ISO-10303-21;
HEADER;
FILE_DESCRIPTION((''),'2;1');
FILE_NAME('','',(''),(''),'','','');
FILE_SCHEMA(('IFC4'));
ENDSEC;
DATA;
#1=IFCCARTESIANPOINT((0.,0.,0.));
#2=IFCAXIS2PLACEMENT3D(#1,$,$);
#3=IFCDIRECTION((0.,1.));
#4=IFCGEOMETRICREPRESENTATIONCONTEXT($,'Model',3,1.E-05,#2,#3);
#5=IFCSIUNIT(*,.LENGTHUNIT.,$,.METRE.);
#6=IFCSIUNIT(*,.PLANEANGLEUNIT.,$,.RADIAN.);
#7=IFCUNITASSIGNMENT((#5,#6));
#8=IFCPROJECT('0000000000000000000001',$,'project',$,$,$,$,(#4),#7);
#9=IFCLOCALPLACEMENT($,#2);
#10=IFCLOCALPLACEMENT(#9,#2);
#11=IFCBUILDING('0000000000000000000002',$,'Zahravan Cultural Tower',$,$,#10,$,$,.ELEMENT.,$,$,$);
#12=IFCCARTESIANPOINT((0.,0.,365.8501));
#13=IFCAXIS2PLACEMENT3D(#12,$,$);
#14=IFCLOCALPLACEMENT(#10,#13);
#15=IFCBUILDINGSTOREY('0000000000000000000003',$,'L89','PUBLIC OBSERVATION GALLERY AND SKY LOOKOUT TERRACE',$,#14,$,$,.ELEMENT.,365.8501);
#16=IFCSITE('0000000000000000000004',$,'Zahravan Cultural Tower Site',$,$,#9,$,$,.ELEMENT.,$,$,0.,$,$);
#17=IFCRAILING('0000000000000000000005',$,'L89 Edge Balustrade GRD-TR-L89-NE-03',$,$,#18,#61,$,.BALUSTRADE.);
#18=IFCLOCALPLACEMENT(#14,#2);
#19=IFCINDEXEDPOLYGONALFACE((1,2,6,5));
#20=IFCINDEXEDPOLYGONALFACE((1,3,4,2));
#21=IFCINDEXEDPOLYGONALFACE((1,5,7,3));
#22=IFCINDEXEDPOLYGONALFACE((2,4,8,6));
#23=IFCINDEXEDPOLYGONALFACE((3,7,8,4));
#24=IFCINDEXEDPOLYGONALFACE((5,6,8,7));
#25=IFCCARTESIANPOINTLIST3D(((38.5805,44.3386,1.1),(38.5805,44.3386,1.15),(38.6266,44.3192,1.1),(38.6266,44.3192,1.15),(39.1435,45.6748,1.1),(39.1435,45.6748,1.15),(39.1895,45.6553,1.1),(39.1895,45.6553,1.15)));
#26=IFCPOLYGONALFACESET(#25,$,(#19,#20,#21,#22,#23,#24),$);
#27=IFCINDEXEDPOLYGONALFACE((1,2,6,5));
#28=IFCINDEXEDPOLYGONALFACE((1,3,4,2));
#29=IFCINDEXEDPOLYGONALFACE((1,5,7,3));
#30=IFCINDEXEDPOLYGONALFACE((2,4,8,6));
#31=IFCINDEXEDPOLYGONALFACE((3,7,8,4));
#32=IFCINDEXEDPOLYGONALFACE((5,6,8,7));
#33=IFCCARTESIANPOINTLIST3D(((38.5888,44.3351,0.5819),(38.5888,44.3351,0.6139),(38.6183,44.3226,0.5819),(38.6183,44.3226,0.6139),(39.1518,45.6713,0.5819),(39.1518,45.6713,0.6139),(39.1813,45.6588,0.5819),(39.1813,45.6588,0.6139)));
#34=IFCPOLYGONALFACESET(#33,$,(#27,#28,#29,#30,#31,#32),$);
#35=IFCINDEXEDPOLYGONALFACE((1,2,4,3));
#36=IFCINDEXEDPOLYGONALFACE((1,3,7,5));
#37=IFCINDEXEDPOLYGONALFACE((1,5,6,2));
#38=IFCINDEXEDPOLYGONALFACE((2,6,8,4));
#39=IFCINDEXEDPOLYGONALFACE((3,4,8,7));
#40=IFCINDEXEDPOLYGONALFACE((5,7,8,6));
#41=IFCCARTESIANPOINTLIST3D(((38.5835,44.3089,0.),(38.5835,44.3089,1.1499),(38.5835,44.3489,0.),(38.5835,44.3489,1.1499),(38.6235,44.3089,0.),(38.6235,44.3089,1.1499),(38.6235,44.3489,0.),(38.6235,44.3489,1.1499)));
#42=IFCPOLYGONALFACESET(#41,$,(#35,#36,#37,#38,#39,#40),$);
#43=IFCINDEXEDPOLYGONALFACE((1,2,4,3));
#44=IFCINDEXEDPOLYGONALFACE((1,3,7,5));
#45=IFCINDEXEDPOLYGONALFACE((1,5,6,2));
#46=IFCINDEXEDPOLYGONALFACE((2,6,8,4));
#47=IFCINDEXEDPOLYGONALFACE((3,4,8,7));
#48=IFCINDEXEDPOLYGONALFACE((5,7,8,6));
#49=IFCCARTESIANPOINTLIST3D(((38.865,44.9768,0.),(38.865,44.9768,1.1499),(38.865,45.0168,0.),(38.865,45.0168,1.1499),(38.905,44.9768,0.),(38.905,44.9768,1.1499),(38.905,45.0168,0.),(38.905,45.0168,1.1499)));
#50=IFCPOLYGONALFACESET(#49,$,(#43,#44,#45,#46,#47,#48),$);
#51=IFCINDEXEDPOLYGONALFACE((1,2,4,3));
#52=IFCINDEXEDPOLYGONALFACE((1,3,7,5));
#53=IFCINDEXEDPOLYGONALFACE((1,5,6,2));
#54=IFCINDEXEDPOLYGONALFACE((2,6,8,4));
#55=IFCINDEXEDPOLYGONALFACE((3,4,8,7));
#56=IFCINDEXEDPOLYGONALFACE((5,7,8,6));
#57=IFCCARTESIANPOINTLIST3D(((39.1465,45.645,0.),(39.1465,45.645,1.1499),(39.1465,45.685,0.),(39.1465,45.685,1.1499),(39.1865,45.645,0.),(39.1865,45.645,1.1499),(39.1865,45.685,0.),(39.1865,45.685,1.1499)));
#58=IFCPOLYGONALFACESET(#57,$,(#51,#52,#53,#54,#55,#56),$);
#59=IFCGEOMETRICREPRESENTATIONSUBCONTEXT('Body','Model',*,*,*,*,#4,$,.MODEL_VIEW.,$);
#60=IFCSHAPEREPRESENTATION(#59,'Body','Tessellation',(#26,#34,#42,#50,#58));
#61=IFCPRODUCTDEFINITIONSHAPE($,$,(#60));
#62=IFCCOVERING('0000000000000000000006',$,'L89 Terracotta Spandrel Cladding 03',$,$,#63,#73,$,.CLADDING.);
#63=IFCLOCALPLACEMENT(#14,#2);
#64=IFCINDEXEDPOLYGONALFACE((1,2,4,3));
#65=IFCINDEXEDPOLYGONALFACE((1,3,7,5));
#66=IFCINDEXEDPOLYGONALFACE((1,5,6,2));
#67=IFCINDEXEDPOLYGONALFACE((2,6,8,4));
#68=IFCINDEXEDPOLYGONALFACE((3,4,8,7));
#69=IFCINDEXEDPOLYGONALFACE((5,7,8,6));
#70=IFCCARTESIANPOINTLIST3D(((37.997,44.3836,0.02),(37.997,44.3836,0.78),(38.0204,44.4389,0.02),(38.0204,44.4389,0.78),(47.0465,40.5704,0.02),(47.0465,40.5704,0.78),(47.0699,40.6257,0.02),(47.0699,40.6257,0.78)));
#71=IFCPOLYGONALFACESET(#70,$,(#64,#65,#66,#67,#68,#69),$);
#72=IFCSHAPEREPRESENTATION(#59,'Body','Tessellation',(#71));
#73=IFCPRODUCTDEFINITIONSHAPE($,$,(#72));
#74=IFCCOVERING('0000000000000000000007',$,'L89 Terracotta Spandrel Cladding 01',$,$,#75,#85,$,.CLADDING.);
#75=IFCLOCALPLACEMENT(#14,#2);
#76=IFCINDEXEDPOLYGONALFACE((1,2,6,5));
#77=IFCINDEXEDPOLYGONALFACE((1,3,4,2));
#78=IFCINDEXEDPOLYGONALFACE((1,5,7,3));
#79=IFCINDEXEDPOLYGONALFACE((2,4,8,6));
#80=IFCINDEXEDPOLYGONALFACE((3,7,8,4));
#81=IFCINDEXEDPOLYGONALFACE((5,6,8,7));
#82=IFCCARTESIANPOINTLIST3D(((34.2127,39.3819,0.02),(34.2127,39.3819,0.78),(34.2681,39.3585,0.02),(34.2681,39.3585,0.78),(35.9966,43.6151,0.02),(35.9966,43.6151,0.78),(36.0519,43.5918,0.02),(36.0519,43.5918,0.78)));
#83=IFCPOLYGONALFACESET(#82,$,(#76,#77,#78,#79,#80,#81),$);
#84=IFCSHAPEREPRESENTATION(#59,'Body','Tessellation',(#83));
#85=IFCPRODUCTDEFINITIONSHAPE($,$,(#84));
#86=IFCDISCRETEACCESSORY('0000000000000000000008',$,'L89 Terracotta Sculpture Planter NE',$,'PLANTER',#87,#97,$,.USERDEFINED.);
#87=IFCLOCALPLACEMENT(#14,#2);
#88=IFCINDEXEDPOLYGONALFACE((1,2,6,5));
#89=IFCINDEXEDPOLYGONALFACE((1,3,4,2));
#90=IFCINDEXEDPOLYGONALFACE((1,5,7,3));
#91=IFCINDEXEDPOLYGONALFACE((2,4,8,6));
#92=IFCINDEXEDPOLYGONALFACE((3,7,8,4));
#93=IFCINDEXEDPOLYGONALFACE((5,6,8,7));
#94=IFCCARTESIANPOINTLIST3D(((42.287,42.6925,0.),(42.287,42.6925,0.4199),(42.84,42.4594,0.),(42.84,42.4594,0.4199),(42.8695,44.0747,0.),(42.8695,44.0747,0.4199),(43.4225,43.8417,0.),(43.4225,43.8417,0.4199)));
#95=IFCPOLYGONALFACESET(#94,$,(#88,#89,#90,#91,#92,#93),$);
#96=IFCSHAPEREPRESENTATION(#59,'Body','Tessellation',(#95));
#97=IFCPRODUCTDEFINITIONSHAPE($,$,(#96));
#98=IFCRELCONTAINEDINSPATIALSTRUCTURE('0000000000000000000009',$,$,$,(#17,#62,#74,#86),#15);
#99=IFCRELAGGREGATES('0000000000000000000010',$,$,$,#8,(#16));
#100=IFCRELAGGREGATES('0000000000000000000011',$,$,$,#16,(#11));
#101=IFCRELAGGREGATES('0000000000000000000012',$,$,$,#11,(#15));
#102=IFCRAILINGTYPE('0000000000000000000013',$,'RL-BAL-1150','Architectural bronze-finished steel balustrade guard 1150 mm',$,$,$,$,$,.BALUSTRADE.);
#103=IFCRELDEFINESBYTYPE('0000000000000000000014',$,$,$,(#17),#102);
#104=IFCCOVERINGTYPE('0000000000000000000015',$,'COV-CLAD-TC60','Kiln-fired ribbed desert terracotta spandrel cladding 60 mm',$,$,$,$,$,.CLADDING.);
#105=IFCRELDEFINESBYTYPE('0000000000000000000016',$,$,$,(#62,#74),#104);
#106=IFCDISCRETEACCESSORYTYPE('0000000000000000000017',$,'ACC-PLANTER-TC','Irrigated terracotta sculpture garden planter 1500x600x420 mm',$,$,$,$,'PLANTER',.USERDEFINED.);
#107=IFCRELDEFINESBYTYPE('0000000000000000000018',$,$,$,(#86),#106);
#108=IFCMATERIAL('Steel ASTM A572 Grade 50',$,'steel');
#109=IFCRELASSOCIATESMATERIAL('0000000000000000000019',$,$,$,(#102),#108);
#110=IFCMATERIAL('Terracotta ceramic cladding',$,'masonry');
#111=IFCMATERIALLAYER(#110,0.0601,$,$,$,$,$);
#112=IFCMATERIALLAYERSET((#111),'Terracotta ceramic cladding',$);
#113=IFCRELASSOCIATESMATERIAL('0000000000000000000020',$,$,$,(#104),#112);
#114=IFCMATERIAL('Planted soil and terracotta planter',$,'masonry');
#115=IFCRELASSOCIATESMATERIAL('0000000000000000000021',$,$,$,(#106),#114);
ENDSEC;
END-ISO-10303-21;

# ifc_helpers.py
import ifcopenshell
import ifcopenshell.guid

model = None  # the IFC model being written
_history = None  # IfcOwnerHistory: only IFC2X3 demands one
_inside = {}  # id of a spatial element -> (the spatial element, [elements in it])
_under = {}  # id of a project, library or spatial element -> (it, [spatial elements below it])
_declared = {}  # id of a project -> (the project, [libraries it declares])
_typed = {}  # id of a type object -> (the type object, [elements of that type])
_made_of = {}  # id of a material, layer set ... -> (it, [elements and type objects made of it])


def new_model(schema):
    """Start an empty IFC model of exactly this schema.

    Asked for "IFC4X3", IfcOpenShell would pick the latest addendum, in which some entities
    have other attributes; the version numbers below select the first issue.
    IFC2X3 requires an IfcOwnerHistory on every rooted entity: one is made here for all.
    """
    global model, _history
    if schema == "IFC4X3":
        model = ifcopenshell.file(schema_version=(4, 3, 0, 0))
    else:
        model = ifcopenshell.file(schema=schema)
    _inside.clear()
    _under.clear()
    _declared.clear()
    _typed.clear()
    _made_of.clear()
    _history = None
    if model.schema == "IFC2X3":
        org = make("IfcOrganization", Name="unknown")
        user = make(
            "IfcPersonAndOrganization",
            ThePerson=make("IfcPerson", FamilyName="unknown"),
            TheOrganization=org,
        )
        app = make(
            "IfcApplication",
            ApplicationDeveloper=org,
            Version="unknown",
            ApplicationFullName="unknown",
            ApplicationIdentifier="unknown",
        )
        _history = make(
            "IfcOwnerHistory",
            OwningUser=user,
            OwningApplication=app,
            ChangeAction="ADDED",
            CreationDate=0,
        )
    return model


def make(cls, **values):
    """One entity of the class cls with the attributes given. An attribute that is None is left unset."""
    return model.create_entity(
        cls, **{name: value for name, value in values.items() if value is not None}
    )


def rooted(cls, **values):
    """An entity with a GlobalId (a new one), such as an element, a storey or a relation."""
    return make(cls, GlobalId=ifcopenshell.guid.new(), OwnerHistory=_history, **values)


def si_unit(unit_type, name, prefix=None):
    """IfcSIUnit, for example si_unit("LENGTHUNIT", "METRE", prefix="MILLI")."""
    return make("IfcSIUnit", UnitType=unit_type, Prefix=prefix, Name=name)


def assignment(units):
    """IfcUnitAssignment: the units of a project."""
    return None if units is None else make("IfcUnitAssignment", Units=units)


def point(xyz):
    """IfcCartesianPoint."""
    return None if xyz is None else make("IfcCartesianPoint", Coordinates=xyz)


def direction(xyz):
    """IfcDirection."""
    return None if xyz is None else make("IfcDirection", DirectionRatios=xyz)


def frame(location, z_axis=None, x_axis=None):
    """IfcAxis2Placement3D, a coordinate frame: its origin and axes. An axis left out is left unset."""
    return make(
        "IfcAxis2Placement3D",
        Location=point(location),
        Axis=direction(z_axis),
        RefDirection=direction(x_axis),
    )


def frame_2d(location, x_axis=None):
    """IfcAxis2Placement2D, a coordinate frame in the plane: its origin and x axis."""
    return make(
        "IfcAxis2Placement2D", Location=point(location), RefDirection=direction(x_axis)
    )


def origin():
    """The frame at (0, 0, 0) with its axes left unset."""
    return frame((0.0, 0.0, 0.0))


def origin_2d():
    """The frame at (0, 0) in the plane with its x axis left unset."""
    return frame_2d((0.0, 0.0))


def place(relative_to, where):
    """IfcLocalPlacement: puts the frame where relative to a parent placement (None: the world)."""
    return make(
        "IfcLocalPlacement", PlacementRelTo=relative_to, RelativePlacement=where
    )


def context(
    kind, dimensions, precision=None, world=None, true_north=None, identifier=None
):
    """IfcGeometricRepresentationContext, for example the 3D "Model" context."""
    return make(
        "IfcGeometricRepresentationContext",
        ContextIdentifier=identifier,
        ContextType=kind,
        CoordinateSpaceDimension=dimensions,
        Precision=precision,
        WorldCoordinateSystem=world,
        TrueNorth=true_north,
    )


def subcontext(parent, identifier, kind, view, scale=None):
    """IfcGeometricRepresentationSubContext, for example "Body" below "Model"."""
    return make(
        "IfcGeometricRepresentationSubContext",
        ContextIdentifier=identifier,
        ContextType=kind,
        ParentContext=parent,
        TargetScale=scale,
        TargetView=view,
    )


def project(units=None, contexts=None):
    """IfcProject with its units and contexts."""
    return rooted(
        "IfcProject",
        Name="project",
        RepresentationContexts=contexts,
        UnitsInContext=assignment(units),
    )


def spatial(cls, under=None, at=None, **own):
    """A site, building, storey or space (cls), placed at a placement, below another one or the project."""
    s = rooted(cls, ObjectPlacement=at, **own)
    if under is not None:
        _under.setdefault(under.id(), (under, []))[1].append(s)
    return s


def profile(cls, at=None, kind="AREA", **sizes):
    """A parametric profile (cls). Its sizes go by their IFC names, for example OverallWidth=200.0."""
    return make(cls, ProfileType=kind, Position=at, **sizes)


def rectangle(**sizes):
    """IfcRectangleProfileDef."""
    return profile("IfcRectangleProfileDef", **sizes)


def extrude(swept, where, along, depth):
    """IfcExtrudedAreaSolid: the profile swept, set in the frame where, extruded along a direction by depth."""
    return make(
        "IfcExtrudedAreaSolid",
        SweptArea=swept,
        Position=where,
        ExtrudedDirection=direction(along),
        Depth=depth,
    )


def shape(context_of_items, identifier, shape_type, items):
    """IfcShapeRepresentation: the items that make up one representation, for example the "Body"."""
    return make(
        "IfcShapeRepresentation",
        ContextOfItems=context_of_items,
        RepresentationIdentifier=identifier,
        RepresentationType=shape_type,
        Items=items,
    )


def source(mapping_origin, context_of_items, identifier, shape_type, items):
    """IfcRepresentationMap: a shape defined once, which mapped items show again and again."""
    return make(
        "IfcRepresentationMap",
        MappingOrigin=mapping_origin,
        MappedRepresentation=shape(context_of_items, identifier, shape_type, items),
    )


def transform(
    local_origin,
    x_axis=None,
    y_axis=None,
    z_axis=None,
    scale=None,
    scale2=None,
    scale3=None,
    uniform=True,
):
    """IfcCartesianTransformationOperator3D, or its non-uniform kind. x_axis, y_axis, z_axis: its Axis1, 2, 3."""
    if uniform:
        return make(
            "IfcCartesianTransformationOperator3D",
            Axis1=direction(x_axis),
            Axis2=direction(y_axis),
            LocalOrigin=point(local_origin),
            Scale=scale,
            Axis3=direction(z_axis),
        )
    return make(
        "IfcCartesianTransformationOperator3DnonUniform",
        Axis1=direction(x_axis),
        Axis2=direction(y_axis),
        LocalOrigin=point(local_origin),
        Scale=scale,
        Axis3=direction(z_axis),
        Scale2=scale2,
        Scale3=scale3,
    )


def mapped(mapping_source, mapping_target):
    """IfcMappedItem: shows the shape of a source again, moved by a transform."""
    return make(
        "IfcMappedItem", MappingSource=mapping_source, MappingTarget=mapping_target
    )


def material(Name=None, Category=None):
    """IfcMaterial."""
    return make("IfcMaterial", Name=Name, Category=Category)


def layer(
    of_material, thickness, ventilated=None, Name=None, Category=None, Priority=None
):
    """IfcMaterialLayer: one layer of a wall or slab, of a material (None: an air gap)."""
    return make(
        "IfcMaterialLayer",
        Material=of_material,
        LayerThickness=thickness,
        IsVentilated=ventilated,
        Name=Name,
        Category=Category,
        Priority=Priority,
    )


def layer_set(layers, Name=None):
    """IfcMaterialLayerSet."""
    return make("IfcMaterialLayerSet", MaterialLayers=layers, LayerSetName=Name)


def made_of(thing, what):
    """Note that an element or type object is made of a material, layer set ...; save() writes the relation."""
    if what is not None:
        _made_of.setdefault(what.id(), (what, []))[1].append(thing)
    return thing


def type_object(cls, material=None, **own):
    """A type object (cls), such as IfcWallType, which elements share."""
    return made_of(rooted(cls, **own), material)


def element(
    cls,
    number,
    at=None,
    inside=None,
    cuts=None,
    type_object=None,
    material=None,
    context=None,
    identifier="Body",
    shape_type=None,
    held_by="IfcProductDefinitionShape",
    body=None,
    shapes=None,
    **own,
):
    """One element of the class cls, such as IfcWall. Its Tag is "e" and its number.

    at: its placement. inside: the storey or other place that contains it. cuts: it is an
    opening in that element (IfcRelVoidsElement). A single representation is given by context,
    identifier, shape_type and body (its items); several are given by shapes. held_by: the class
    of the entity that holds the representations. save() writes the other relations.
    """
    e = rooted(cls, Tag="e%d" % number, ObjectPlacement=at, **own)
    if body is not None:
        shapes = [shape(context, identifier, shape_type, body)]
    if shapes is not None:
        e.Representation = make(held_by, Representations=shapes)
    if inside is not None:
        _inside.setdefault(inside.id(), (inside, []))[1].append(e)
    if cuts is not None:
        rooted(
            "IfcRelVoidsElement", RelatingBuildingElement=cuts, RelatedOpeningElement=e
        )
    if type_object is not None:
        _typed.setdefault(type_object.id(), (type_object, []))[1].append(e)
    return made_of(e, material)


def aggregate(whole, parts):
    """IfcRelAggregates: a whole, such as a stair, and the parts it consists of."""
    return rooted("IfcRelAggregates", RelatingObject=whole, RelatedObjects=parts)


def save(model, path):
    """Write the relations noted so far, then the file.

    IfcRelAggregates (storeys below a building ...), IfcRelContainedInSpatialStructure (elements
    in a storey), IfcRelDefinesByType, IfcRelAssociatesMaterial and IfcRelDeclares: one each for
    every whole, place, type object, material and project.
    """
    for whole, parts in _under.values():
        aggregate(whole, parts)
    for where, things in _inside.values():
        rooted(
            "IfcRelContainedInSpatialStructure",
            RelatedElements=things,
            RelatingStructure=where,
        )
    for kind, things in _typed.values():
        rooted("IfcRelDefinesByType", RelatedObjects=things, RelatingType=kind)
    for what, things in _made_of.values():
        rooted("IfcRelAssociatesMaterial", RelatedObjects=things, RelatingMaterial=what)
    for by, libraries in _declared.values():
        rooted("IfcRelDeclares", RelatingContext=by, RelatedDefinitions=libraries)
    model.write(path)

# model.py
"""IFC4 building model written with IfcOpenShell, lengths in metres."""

from ifc_helpers import new_model, si_unit, direction, frame, origin, origin_2d, place, context, subcontext, project, spatial, rectangle, extrude, source, transform, mapped, material, layer, layer_set, type_object, element, save


model = new_model("IFC4")

# Units and contexts
model_context = context("Model", 3, precision=1e-05, world=origin(), true_north=direction((0.0, 1.0)))
body_context = subcontext(model_context, "Body", "Model", "MODEL_VIEW")
ifc_project = project(units=[si_unit("LENGTHUNIT", "METRE"), si_unit("PLANEANGLEUNIT", "RADIAN")], contexts=[model_context])

# Site, building, storey
site_placement = place(None, origin())
site = spatial("IfcSite", under=ifc_project, at=site_placement, Name="Zahravan Cultural Tower Site", CompositionType="ELEMENT", RefElevation=0.0)
building_placement = place(site_placement, origin())
building = spatial("IfcBuilding", under=site, at=building_placement, Name="Zahravan Cultural Tower", CompositionType="ELEMENT")
storey_placement = place(building_placement, frame((0.0, 0.0, 365.8501)))
storey = spatial("IfcBuildingStorey", under=building, at=storey_placement, Name="L89", Description="PUBLIC OBSERVATION GALLERY AND SKY LOOKOUT TERRACE", CompositionType="ELEMENT", Elevation=365.8501)

# Railing
ifc_material_1 = material(Name="Steel ASTM A572 Grade 50", Category="steel")
railing_type = type_object("IfcRailingType", Name="RL-BAL-1150", Description="Architectural bronze-finished steel balustrade guard 1150 mm", PredefinedType="BALUSTRADE", material=ifc_material_1)
railing_1_placement = place(storey_placement, frame((38.6035, 44.3289, 0.0)))
element("IfcRailing", 1, at=railing_1_placement, inside=storey, type_object=railing_type, Name="L89 Edge Balustrade GRD-TR-L89-NE-03", PredefinedType="BALUSTRADE", context=body_context, shape_type="SweptSolid", body=[
    extrude(rectangle(XDim=0.05, YDim=0.05, at=origin_2d()), frame((0.0, 0.0, 1.125), z_axis=(0.388283, 0.92154, 0.0), x_axis=(-0.92154, 0.388283, 0.0)), (0.0, 0.0, 1.0), 1.45),
    extrude(rectangle(XDim=0.032, YDim=0.032, at=origin_2d()), frame((0.0, 0.0, 0.5979), z_axis=(0.388283, 0.92154, 0.0), x_axis=(-0.92154, 0.388283, 0.0)), (0.0, 0.0, 1.0), 1.45),
    extrude(rectangle(XDim=0.04, YDim=0.04, at=origin_2d()), origin(), (0.0, 0.0, 1.0), 1.1499),
    extrude(rectangle(XDim=0.04, YDim=0.04, at=origin_2d()), frame((0.2815, 0.668, 0.0)), (0.0, 0.0, 1.0), 1.1499),
    extrude(rectangle(XDim=0.04, YDim=0.04, at=origin_2d()), frame((0.563, 1.3362, 0.0)), (0.0, 0.0, 1.0), 1.1499),
])

# Coverings
ifc_material_2 = material(Name="Terracotta ceramic cladding", Category="masonry")
ifc_layer_1 = layer(ifc_material_2, 0.0601)
ifc_layer_set_1 = layer_set([ifc_layer_1], Name="Terracotta ceramic cladding")
covering_type = type_object("IfcCoveringType", Name="COV-CLAD-TC60", Description="Kiln-fired ribbed desert terracotta spandrel cladding 60 mm", PredefinedType="CLADDING", material=ifc_layer_set_1)
shared_shape_1 = source(origin(), body_context, "Body", "SweptSolid", [
    extrude(rectangle(XDim=9.8201, YDim=0.0601, at=origin_2d()), origin(), (0.0, 0.0, 1.0), 0.76),
])
covering_1_placement = place(storey_placement, frame((42.5334, 42.5046, 0.02), z_axis=(0.0, 0.0, 1.0), x_axis=(0.921531, -0.388304, 0.0)))
element("IfcCovering", 2, at=covering_1_placement, inside=storey, type_object=covering_type, Name="L89 Terracotta Spandrel Cladding 03", PredefinedType="CLADDING", context=body_context, shape_type="MappedRepresentation", body=[
    mapped(shared_shape_1, transform((0.0, 0.0, 0.0), x_axis=(1.0, 0.0, 0.0), y_axis=(0.0, 1.0, 0.0), z_axis=(0.0, 0.0, 1.0), scale=1.0)),
])
shared_shape_2 = source(origin(), body_context, "Body", "SweptSolid", [
    extrude(rectangle(XDim=4.5938, YDim=0.0601, at=origin_2d()), origin(), (0.0, 0.0, 1.0), 0.76),
])
covering_2_placement = place(storey_placement, frame((35.1323, 41.4868, 0.02), z_axis=(0.0, 0.0, 1.0), x_axis=(0.38832, 0.921525, 0.0)))
element("IfcCovering", 3, at=covering_2_placement, inside=storey, type_object=covering_type, Name="L89 Terracotta Spandrel Cladding 01", PredefinedType="CLADDING", context=body_context, shape_type="MappedRepresentation", body=[
    mapped(shared_shape_2, transform((0.0, 0.0, 0.0), x_axis=(1.0, 0.0, 0.0), y_axis=(0.0, 1.0, 0.0), z_axis=(0.0, 0.0, 1.0), scale=1.0)),
])

# Discrete accessory
ifc_material_3 = material(Name="Planted soil and terracotta planter", Category="masonry")
discrete_accessory_type = type_object("IfcDiscreteAccessoryType", Name="ACC-PLANTER-TC", Description="Irrigated terracotta sculpture garden planter 1500x600x420 mm", ElementType="PLANTER", PredefinedType="USERDEFINED", material=ifc_material_3)
shared_shape_3 = source(origin(), body_context, "Body", "SweptSolid", [
    extrude(rectangle(XDim=1.5, YDim=0.6001, at=origin_2d()), origin(), (0.0, 0.0, 1.0), 0.4199),
])
discrete_accessory_placement = place(storey_placement, frame((42.8547, 43.2671, 0.0), z_axis=(0.0, 0.0, 1.0), x_axis=(0.38832, 0.921525, 0.0)))
element("IfcDiscreteAccessory", 4, at=discrete_accessory_placement, inside=storey, type_object=discrete_accessory_type, Name="L89 Terracotta Sculpture Planter NE", ObjectType="PLANTER", PredefinedType="USERDEFINED", context=body_context, shape_type="MappedRepresentation", body=[
    mapped(shared_shape_3, transform((0.0, 0.0, 0.0), x_axis=(1.0, 0.0, 0.0), y_axis=(0.0, 1.0, 0.0), z_axis=(0.0, 0.0, 1.0), scale=1.0)),
])

save(model, "model.ifc")
